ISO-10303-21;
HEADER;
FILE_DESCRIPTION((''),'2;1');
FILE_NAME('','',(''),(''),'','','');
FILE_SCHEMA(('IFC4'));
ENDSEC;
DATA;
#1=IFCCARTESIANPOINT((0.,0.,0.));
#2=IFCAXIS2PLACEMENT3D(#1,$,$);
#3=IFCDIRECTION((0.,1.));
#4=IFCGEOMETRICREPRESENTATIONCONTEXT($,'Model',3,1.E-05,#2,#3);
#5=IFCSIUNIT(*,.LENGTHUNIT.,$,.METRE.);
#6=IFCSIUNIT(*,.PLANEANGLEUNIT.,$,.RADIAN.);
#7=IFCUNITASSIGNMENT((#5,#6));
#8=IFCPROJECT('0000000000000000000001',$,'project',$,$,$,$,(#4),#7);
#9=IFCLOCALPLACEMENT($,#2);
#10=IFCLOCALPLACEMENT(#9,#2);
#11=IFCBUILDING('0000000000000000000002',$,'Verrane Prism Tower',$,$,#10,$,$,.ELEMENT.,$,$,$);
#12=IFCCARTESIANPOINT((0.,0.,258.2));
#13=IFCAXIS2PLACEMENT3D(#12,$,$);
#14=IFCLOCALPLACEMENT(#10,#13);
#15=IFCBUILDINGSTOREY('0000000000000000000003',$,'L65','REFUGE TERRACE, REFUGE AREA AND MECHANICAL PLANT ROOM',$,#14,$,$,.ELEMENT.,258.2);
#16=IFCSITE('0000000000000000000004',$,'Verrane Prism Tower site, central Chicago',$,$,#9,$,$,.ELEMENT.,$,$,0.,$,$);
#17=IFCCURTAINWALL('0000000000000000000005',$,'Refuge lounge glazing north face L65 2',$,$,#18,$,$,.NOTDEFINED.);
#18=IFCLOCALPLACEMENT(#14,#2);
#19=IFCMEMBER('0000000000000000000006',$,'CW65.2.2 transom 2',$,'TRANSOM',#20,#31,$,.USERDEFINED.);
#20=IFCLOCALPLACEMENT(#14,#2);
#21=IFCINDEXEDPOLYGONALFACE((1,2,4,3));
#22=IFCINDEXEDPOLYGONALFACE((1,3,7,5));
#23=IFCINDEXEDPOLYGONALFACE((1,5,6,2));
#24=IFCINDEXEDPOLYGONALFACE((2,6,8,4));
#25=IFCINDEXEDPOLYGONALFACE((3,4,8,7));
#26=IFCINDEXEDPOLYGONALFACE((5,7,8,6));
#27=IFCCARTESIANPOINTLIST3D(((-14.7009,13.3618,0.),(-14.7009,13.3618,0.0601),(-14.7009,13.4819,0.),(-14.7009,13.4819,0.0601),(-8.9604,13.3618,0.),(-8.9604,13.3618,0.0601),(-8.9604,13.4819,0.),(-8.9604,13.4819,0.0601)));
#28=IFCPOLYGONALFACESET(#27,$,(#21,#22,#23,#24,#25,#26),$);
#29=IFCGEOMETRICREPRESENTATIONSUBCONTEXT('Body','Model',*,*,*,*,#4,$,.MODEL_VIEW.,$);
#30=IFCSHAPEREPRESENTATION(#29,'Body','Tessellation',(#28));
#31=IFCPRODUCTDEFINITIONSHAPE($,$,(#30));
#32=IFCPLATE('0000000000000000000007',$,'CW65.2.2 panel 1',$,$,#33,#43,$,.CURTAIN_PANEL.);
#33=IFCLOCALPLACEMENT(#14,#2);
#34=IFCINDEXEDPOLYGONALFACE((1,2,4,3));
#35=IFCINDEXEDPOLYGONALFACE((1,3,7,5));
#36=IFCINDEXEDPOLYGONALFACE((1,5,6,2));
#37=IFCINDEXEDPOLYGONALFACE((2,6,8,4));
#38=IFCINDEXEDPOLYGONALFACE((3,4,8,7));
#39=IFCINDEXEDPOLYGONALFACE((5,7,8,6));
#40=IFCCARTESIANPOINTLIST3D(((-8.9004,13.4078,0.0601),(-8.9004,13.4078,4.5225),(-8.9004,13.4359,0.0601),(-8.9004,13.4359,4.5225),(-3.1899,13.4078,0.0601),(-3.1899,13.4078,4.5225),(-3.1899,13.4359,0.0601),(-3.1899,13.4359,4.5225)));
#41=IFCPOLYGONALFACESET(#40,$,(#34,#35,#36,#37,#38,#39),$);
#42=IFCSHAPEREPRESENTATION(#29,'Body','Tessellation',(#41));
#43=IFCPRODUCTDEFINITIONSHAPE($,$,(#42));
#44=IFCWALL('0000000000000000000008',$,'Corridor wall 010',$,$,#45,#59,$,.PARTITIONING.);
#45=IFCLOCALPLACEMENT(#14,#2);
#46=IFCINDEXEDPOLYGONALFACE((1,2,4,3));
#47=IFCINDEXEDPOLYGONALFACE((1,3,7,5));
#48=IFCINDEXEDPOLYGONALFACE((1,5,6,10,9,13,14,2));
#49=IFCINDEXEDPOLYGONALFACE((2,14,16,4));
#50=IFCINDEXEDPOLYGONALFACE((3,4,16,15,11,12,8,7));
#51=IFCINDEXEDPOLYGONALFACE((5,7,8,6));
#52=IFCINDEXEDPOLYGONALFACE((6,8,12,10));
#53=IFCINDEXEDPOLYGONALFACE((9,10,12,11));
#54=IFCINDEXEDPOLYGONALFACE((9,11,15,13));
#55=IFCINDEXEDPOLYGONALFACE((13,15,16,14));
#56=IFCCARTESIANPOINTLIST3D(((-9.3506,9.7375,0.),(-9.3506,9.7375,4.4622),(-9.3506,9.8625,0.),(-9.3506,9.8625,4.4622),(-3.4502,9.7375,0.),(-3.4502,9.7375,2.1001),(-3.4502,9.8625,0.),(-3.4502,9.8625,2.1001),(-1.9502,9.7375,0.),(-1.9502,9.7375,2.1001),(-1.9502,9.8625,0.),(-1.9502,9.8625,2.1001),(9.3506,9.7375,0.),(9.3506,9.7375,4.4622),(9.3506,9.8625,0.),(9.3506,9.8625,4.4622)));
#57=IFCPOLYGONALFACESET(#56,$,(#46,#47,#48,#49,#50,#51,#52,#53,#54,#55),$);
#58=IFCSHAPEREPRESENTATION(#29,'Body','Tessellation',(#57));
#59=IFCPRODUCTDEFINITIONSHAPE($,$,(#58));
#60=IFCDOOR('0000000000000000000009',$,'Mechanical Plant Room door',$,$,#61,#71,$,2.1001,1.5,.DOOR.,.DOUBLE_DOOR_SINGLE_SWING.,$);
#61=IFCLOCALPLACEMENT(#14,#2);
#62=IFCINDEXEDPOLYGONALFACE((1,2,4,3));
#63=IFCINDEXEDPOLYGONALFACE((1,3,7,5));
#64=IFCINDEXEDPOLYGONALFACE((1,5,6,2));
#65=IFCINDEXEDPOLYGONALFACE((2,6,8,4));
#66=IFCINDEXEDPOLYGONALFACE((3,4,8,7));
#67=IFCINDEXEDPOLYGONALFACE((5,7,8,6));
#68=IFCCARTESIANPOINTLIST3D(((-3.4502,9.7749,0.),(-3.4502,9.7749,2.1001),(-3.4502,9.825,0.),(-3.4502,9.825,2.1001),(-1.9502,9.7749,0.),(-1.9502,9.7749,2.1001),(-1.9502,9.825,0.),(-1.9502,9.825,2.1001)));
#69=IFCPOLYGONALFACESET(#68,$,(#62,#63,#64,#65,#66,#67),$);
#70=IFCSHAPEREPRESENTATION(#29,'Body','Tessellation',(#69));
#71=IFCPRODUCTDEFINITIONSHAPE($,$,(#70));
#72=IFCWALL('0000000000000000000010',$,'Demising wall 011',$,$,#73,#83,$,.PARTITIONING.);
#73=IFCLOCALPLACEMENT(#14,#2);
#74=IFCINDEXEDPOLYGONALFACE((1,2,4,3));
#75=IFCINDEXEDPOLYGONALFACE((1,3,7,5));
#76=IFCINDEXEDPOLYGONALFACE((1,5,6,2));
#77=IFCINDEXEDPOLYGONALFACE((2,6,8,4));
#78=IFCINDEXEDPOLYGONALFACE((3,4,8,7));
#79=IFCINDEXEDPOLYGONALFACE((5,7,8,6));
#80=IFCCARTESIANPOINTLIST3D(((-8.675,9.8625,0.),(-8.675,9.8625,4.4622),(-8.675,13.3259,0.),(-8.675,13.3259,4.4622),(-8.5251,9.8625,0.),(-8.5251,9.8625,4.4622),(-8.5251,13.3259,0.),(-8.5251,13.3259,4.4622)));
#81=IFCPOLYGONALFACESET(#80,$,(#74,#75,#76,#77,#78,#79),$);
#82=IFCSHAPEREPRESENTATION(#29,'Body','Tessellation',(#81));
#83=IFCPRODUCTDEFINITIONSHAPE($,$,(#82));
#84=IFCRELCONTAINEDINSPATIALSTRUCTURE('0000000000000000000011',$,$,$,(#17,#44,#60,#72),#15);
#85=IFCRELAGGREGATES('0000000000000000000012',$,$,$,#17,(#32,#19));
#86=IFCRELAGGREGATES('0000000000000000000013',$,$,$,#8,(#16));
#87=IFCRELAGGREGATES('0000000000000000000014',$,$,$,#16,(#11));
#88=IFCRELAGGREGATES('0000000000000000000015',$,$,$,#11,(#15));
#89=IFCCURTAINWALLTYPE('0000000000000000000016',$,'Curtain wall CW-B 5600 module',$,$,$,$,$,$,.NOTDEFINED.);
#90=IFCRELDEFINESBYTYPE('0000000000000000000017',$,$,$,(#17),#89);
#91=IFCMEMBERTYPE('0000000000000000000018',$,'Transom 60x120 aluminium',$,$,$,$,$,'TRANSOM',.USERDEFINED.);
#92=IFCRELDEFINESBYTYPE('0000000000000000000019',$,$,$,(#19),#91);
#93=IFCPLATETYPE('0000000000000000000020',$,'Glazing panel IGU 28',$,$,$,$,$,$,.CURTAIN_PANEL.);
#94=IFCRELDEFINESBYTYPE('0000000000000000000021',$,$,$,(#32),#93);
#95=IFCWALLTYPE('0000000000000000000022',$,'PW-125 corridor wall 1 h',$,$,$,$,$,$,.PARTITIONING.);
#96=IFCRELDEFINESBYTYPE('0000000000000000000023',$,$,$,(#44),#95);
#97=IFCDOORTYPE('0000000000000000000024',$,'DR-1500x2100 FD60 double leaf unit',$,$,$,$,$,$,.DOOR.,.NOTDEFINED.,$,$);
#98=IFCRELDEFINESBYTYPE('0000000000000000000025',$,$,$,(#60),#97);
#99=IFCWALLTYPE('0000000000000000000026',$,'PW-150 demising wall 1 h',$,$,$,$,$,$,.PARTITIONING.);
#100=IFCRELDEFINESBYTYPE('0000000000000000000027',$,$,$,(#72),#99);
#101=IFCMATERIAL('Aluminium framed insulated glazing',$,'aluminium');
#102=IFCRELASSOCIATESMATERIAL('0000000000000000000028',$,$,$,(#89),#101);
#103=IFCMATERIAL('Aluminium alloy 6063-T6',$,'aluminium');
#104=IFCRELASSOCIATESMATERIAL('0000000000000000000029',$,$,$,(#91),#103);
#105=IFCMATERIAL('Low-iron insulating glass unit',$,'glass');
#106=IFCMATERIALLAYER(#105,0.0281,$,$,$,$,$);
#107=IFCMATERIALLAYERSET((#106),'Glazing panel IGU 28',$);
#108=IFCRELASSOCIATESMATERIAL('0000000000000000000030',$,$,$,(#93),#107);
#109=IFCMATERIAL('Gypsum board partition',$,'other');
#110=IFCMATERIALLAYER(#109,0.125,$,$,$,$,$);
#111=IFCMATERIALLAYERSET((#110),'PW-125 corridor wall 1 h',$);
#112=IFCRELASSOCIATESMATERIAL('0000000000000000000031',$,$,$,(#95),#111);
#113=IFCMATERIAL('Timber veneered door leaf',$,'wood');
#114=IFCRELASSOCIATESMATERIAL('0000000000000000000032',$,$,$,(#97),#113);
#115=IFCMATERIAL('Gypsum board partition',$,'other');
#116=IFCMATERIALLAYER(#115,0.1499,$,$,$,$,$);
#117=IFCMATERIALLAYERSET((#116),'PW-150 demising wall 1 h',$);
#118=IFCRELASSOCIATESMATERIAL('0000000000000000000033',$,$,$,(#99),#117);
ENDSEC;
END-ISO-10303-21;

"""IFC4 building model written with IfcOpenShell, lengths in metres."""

from ifc_helpers import new_model, si_unit, direction, frame, frame_2d, origin, origin_2d, place, context, subcontext, project, spatial, rectangle, extrude, material, layer, layer_set, material_profile, profile_set, type_object, element, fill, aggregate, save


model = new_model("IFC4")

# Units and contexts
model_context = context("Model", 3, precision=1e-05, world=origin(), true_north=direction((0.0, 1.0)))
body_context = subcontext(model_context, "Body", "Model", "MODEL_VIEW")
ifc_project = project(units=[si_unit("LENGTHUNIT", "METRE"), si_unit("PLANEANGLEUNIT", "RADIAN")], contexts=[model_context])

# Site, building, storey
site_placement = place(None, origin())
site = spatial("IfcSite", under=ifc_project, at=site_placement, Name="Verrane Prism Tower site, central Chicago", CompositionType="ELEMENT", RefElevation=0.0)
building_placement = place(site_placement, origin())
building = spatial("IfcBuilding", under=site, at=building_placement, Name="Verrane Prism Tower", CompositionType="ELEMENT")
storey_placement = place(building_placement, frame((0.0, 0.0, 258.2)))
storey = spatial("IfcBuildingStorey", under=building, at=storey_placement, Name="L65", Description="REFUGE TERRACE, REFUGE AREA AND MECHANICAL PLANT ROOM", CompositionType="ELEMENT", Elevation=258.2)

# Curtain wall
ifc_material_1 = material(Name="Aluminium framed insulated glazing", Category="aluminium")
curtain_wall_type = type_object("IfcCurtainWallType", Name="Curtain wall CW-B 5600 module", PredefinedType="NOTDEFINED", material=ifc_material_1)
curtain_wall_placement = place(storey_placement, origin())
curtain_wall = element("IfcCurtainWall", 1, at=curtain_wall_placement, inside=storey, type_object=curtain_wall_type, Name="Refuge lounge glazing north face L65 2", PredefinedType="NOTDEFINED")

# Member
ifc_material_2 = material(Name="Aluminium alloy 6063-T6", Category="aluminium")
ifc_material_profile_1 = material_profile(ifc_material_2, rectangle(XDim=0.1201, YDim=0.0601, at=origin_2d()), Name="Transom 60x120 aluminium")
ifc_profile_set_1 = profile_set([ifc_material_profile_1], Name="Aluminium alloy 6063-T6")
member_type_1 = type_object("IfcMemberType", Name="Transom 60x120 aluminium", ElementType="TRANSOM", PredefinedType="USERDEFINED", material=ifc_profile_set_1)
member_1_placement = place(storey_placement, frame((-8.9604, 13.4219, 0.03), z_axis=(-1.0, 0.0, 0.0), x_axis=(0.0, -1.0, 0.0)))
member_1 = element("IfcMember", 2, at=member_1_placement, type_object=member_type_1, Name="CW65.2.2 transom 2", ObjectType="TRANSOM", PredefinedType="USERDEFINED", context=body_context, shape_type="SweptSolid", body=[
    extrude(rectangle(XDim=0.1201, YDim=0.0601, at=origin_2d()), origin(), (0.0, 0.0, 1.0), 5.7405),
])

# Plate
ifc_material_3 = material(Name="Low-iron insulating glass unit", Category="glass")
ifc_layer_1 = layer(ifc_material_3, 0.0281)
ifc_layer_set_1 = layer_set([ifc_layer_1], Name="Glazing panel IGU 28")
plate_type = type_object("IfcPlateType", Name="Glazing panel IGU 28", PredefinedType="CURTAIN_PANEL", material=ifc_layer_set_1)
plate_placement = place(storey_placement, frame((-6.0452, 13.4219, 0.0601), z_axis=(0.0, 0.0, 1.0), x_axis=(-1.0, 0.0, 0.0)))
plate = element("IfcPlate", 3, at=plate_placement, type_object=plate_type, Name="CW65.2.2 panel 1", PredefinedType="CURTAIN_PANEL", context=body_context, shape_type="SweptSolid", body=[
    extrude(rectangle(XDim=5.7104, YDim=0.0281, at=origin_2d()), origin(), (0.0, 0.0, 1.0), 4.4624),
])
aggregate(curtain_wall, [plate, member_1])

# Wall, opening, door
ifc_material_4 = material(Name="Gypsum board partition", Category="other")
ifc_layer_2 = layer(ifc_material_4, 0.125)
ifc_layer_set_2 = layer_set([ifc_layer_2], Name="PW-125 corridor wall 1 h")
wall_type_1 = type_object("IfcWallType", Name="PW-125 corridor wall 1 h", PredefinedType="PARTITIONING", material=ifc_layer_set_2)
wall_1_placement = place(storey_placement, frame((-9.3506, 9.8, 0.0), z_axis=(0.0, 0.0, 1.0), x_axis=(1.0, 0.0, 0.0)))
wall_1 = element("IfcWall", 4, at=wall_1_placement, inside=storey, type_object=wall_type_1, Name="Corridor wall 010", PredefinedType="PARTITIONING", context=body_context, shape_type="SweptSolid", body=[
    extrude(rectangle(XDim=18.7012, YDim=0.125, at=frame_2d((9.3506, 0.0))), origin(), (0.0, 0.0, 1.0), 4.4622),
])
opening_placement = place(wall_1_placement, frame((5.9004, 0.0, 0.0)))
opening = element("IfcOpeningElement", 5, at=opening_placement, cuts=wall_1, PredefinedType="OPENING", context=body_context, shape_type="SweptSolid", body=[
    extrude(rectangle(XDim=1.5, YDim=2.1001, at=frame_2d((0.75, 1.05))), frame((0.0, 0.0725, 0.0), z_axis=(0.0, -1.0, 0.0), x_axis=(1.0, 0.0, 0.0)), (0.0, 0.0, 1.0), 0.145),
])
ifc_material_5 = material(Name="Timber veneered door leaf", Category="wood")
door_type = type_object("IfcDoorType", Name="DR-1500x2100 FD60 double leaf unit", OperationType="NOTDEFINED", PredefinedType="DOOR", material=ifc_material_5)
door_placement = place(opening_placement, origin())
door = element("IfcDoor", 6, at=door_placement, inside=storey, type_object=door_type, Name="Mechanical Plant Room door", OperationType="DOUBLE_DOOR_SINGLE_SWING", OverallHeight=2.1001, OverallWidth=1.5, PredefinedType="DOOR", context=body_context, shape_type="SweptSolid", body=[
    extrude(rectangle(XDim=1.5, YDim=2.1001, at=frame_2d((0.75, 1.05))), frame((0.0, 0.0249, 0.0), z_axis=(0.0, -1.0, 0.0), x_axis=(1.0, 0.0, 0.0)), (0.0, 0.0, 1.0), 0.05),
])
fill(opening, door)

# Wall
ifc_material_6 = material(Name="Gypsum board partition", Category="other")
ifc_layer_3 = layer(ifc_material_6, 0.1499)
ifc_layer_set_3 = layer_set([ifc_layer_3], Name="PW-150 demising wall 1 h")
wall_type_2 = type_object("IfcWallType", Name="PW-150 demising wall 1 h", PredefinedType="PARTITIONING", material=ifc_layer_set_3)
wall_2_placement = place(storey_placement, frame((-8.6001, 9.8625, 0.0), z_axis=(0.0, 0.0, 1.0), x_axis=(0.0, 1.0, 0.0)))
element("IfcWall", 7, at=wall_2_placement, inside=storey, type_object=wall_type_2, Name="Demising wall 011", PredefinedType="PARTITIONING", context=body_context, shape_type="SweptSolid", body=[
    extrude(rectangle(XDim=3.4634, YDim=0.1499, at=frame_2d((1.7317, 0.0))), origin(), (0.0, 0.0, 1.0), 4.4622),
])

save(model, "model.ifc")
